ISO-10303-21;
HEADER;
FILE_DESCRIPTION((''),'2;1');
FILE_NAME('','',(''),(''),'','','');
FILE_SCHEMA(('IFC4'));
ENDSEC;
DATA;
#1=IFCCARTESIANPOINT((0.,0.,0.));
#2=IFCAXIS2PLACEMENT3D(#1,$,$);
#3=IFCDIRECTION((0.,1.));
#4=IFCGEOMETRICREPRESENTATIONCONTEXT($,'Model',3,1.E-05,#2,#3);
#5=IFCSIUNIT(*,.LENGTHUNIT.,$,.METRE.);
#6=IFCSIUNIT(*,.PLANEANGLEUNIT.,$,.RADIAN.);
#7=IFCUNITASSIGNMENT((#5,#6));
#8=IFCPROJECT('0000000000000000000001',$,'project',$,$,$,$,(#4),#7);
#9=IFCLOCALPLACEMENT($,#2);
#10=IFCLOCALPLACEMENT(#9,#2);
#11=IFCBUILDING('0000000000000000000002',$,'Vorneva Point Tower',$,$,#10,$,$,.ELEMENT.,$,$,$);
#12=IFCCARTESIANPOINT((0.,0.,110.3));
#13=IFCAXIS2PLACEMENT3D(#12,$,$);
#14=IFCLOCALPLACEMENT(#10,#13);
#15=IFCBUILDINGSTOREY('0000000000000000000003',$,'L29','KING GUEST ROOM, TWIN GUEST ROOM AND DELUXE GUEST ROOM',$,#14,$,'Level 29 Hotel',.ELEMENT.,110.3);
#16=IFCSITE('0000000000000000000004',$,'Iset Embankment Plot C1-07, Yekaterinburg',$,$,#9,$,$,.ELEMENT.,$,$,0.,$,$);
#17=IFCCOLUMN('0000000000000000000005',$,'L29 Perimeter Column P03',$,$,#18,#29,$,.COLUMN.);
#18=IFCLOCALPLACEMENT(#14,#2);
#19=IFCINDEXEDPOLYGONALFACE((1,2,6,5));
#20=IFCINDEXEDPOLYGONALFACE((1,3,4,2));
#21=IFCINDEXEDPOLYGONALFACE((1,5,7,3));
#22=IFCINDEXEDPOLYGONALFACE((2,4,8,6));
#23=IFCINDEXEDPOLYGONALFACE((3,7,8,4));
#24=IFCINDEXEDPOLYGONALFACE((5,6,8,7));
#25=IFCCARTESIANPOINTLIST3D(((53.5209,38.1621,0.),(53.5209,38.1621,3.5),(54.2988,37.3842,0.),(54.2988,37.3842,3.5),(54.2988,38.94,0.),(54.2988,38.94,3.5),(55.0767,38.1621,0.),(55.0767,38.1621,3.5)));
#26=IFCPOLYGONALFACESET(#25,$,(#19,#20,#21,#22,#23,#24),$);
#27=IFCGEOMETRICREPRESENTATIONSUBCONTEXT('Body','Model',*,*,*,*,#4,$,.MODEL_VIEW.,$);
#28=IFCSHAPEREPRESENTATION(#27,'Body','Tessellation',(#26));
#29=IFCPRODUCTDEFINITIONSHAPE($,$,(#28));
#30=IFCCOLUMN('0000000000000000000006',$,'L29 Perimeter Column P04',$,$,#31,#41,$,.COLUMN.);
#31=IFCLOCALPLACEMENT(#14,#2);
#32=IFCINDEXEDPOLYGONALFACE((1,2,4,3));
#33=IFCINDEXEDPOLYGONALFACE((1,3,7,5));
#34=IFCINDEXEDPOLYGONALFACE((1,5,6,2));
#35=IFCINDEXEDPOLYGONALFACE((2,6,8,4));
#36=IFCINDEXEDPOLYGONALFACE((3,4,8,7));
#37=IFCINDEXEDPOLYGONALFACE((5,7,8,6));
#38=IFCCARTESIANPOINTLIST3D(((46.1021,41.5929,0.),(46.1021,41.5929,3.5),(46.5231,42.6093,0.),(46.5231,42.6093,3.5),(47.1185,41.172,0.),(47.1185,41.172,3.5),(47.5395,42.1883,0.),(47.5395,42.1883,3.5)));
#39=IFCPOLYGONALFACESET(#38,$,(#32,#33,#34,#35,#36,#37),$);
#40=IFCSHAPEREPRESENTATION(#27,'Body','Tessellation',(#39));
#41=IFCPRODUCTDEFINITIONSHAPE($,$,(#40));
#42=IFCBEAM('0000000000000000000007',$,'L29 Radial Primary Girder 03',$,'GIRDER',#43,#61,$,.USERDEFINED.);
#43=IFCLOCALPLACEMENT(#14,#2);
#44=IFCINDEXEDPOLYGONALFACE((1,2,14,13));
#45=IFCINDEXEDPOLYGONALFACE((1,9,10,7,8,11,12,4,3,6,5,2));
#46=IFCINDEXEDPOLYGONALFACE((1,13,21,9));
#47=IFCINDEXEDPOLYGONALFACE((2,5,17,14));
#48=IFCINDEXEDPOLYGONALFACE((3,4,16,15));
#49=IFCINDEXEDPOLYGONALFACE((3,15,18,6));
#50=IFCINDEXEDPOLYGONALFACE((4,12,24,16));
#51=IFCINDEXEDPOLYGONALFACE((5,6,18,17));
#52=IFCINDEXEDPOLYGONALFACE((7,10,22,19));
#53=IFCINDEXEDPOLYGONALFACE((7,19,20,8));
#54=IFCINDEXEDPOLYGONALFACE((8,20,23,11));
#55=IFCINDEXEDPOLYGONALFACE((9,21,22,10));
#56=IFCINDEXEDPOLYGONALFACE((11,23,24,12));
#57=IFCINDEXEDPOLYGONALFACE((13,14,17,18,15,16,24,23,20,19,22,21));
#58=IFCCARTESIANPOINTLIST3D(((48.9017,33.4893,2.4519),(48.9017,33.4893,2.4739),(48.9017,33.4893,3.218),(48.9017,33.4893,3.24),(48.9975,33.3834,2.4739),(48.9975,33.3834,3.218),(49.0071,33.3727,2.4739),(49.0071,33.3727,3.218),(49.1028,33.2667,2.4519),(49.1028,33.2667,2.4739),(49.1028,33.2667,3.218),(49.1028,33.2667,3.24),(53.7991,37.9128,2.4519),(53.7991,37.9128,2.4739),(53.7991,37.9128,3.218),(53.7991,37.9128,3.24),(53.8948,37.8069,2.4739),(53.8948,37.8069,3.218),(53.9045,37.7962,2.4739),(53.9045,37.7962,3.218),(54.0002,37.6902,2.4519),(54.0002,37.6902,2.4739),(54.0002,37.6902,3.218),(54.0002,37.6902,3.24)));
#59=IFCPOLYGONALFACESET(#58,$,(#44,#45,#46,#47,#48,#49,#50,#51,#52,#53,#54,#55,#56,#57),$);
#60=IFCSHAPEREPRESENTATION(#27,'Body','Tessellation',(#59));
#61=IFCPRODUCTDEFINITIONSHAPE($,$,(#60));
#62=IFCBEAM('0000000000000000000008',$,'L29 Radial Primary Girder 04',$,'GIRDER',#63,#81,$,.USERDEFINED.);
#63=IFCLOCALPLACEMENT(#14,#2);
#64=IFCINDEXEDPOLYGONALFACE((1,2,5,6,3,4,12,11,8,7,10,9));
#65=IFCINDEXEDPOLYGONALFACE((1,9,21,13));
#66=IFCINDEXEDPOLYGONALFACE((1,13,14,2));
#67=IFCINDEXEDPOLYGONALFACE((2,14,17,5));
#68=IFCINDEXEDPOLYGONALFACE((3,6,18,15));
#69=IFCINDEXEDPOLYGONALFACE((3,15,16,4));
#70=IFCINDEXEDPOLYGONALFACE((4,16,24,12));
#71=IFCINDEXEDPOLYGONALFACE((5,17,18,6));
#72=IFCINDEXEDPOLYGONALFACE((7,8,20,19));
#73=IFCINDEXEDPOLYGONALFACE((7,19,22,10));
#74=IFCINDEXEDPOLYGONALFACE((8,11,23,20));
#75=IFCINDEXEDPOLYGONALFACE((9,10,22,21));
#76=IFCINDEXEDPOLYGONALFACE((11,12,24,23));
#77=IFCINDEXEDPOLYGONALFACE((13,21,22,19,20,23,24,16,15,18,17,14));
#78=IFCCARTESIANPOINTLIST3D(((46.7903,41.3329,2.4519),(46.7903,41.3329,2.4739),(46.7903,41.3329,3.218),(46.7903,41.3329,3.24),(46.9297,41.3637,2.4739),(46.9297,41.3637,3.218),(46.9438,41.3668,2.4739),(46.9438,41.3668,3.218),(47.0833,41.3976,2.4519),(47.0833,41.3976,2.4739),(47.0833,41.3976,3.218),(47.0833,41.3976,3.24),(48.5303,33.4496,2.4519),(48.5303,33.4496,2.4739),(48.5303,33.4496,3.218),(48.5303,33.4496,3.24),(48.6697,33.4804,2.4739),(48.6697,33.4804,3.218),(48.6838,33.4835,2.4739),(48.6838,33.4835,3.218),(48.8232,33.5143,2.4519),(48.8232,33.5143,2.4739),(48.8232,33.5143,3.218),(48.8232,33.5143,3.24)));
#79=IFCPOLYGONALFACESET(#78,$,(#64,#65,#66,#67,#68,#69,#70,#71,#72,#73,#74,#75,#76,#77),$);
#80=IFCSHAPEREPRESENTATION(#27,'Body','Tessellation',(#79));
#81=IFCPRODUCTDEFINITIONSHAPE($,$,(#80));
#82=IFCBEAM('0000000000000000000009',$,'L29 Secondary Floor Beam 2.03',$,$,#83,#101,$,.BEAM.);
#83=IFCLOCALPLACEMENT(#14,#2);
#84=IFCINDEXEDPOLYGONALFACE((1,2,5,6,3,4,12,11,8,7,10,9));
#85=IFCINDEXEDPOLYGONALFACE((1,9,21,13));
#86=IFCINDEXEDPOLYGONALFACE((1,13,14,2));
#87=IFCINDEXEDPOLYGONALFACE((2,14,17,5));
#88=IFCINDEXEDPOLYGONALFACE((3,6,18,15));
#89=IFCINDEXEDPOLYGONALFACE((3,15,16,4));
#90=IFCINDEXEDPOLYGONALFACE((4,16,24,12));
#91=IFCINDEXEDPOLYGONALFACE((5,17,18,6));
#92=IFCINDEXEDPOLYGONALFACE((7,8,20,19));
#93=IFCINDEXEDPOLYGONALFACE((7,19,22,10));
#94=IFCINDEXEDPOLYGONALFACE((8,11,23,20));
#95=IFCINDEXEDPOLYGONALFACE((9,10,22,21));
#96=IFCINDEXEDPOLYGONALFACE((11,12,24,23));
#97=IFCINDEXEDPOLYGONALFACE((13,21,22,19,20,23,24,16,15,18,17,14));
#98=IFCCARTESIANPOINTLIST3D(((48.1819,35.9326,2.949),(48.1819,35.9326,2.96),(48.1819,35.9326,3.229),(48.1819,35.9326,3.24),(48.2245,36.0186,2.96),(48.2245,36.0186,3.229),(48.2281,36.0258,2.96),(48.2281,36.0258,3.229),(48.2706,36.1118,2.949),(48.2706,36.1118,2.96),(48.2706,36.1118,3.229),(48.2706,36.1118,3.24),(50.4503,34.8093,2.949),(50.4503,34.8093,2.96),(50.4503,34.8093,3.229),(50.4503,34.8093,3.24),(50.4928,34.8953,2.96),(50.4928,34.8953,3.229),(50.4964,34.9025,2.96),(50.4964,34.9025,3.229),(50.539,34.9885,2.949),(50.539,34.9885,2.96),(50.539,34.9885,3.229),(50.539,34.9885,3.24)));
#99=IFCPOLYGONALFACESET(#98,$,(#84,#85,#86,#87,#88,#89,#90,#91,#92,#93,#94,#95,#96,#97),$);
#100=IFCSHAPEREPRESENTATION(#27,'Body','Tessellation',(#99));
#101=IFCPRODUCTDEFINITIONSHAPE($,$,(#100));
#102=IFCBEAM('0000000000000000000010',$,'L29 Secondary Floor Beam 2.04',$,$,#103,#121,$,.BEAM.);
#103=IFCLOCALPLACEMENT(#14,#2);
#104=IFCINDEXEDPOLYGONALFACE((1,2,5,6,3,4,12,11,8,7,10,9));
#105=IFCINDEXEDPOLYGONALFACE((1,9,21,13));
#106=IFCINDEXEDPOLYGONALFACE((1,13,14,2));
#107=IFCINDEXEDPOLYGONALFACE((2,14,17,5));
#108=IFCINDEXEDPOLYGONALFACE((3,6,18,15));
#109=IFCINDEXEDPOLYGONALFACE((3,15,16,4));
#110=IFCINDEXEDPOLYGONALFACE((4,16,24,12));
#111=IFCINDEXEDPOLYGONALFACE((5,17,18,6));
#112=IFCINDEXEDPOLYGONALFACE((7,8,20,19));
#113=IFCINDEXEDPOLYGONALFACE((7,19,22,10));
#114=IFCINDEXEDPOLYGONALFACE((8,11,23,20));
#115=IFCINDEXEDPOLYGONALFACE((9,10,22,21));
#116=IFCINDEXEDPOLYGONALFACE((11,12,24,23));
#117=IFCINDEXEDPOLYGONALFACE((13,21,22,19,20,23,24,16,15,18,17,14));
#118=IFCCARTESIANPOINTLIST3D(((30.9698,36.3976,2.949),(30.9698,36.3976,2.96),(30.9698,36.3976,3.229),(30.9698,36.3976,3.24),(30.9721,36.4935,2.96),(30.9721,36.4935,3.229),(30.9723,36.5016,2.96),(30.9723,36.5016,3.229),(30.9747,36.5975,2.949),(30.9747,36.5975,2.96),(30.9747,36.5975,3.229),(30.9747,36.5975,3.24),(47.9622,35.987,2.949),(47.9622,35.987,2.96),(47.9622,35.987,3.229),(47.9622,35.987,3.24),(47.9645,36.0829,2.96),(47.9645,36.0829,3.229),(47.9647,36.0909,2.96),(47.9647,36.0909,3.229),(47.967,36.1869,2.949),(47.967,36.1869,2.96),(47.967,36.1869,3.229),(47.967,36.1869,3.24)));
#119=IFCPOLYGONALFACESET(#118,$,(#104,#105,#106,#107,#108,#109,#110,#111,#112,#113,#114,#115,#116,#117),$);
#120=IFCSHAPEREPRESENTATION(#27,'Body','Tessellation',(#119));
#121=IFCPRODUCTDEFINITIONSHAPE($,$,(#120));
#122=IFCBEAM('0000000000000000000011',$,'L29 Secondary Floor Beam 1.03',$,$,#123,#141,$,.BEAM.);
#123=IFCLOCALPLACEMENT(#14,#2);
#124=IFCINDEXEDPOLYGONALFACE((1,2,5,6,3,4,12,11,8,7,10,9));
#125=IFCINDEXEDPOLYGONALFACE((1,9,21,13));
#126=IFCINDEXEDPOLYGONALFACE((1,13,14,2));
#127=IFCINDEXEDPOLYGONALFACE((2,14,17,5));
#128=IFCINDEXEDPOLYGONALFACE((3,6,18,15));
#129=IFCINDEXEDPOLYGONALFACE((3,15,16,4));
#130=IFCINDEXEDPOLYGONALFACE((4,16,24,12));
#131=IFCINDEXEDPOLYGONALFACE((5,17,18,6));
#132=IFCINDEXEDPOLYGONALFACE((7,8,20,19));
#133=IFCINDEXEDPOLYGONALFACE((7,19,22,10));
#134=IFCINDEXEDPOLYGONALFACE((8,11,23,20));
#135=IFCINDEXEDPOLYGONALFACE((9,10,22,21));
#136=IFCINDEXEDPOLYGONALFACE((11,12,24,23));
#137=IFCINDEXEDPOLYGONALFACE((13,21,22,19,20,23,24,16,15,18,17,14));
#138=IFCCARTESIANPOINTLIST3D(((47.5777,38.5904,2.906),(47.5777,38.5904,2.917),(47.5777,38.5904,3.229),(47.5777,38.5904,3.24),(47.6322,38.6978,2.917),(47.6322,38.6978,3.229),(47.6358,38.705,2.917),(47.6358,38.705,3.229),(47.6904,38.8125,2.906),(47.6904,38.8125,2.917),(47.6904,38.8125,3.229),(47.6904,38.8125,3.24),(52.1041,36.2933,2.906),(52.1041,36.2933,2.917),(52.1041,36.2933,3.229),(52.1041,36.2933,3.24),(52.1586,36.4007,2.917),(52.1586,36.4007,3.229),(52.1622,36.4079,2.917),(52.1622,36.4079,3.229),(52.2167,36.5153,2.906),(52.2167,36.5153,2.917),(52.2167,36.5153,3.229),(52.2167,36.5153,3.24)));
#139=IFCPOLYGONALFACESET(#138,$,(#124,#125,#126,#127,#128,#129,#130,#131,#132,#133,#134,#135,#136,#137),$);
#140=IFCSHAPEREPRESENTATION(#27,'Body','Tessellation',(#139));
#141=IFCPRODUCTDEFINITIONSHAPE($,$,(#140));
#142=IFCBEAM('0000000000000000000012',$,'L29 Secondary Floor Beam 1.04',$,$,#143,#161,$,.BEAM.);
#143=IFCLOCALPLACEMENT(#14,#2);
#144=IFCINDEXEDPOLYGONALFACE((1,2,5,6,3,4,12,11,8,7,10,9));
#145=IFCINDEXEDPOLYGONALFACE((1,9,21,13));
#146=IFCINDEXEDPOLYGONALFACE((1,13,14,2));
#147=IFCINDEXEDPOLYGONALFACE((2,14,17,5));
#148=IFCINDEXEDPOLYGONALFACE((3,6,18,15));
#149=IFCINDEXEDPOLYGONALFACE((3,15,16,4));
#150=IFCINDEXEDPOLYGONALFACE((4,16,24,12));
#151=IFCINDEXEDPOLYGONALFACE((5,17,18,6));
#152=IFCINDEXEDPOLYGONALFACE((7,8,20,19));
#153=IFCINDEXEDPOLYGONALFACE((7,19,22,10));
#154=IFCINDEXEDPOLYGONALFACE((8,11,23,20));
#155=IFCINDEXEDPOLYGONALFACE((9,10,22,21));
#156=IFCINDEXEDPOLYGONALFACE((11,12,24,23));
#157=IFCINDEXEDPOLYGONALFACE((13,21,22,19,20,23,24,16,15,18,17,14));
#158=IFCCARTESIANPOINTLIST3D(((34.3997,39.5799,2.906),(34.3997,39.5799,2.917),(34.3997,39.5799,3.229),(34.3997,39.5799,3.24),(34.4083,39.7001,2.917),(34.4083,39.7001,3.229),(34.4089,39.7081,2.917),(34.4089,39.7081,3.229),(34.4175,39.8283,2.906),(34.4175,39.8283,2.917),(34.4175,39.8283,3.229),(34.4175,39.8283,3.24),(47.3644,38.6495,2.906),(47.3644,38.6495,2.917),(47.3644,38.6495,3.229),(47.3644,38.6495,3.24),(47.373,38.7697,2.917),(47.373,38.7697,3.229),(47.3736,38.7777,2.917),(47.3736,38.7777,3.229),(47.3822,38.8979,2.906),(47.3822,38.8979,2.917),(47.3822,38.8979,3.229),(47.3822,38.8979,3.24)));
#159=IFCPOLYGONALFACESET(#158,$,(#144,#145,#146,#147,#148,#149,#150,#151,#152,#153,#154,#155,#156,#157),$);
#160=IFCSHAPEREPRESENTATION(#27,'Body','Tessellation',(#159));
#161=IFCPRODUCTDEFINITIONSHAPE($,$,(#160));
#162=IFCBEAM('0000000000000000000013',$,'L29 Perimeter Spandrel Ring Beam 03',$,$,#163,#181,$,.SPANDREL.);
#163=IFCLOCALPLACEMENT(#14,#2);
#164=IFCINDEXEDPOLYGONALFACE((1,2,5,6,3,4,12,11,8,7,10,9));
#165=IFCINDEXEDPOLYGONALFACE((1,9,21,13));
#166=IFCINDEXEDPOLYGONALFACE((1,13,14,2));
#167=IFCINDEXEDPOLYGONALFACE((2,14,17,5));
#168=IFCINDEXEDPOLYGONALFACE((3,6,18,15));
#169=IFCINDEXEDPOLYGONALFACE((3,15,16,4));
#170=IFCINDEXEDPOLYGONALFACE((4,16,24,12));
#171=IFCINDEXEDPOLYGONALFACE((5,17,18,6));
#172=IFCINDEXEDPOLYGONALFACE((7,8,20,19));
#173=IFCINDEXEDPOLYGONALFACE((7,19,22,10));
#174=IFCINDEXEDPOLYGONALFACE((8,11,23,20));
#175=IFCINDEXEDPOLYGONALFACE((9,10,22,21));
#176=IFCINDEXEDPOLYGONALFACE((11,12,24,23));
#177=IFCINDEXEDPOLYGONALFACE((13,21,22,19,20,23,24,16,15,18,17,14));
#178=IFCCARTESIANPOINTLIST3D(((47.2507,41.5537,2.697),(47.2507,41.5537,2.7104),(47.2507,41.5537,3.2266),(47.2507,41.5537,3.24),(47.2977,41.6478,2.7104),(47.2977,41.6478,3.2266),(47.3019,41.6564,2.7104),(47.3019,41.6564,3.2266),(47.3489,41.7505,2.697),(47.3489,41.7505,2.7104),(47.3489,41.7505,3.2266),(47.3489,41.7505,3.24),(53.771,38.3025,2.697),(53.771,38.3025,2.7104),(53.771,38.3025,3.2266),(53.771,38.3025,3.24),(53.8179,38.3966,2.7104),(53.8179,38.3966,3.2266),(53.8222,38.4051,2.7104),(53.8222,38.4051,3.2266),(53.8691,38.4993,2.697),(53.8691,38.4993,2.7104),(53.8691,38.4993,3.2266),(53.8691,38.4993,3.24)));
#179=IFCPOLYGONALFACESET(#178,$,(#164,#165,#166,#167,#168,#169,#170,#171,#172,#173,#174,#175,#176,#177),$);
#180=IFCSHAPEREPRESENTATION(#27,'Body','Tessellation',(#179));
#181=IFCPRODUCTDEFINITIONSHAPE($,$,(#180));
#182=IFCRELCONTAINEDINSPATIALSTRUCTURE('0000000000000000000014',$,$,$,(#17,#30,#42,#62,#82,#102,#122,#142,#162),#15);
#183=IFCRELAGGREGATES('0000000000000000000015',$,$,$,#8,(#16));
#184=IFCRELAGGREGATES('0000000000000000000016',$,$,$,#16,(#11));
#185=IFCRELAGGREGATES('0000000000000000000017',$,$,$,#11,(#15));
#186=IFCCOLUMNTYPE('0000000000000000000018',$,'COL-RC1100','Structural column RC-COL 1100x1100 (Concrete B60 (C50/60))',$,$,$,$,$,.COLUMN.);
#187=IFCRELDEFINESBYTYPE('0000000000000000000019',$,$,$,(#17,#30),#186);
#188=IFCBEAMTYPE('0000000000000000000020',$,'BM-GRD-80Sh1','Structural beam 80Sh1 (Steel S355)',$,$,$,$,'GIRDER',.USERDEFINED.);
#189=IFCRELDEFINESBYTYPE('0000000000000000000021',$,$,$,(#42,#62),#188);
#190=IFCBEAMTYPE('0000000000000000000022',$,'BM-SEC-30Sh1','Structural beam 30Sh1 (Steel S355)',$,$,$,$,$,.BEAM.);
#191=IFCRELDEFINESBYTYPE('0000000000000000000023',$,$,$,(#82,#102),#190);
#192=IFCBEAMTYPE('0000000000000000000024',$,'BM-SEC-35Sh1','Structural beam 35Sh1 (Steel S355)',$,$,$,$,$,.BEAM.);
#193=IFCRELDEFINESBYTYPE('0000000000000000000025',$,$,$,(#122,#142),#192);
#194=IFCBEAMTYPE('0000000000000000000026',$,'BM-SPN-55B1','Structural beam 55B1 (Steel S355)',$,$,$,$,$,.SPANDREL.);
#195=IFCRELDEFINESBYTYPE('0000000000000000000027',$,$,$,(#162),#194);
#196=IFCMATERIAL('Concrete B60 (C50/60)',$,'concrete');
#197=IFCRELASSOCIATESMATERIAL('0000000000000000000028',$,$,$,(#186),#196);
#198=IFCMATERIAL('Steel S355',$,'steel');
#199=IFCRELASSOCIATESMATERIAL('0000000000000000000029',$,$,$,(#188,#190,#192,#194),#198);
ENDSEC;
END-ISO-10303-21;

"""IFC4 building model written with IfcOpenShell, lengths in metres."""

from ifc_helpers import new_model, si_unit, direction, frame, origin, origin_2d, place, context, subcontext, project, spatial, rectangle, i_section, extrude, material, material_profile, profile_set, type_object, element, save


model = new_model("IFC4")

# Units and contexts
model_context = context("Model", 3, precision=1e-05, world=origin(), true_north=direction((0.0, 1.0)))
body_context = subcontext(model_context, "Body", "Model", "MODEL_VIEW")
ifc_project = project(units=[si_unit("LENGTHUNIT", "METRE"), si_unit("PLANEANGLEUNIT", "RADIAN")], contexts=[model_context])

# Site, building, storey
site_placement = place(None, origin())
site = spatial("IfcSite", under=ifc_project, at=site_placement, Name="Iset Embankment Plot C1-07, Yekaterinburg", CompositionType="ELEMENT", RefElevation=0.0)
building_placement = place(site_placement, origin())
building = spatial("IfcBuilding", under=site, at=building_placement, Name="Vorneva Point Tower", CompositionType="ELEMENT")
storey_placement = place(building_placement, frame((0.0, 0.0, 110.3)))
storey = spatial("IfcBuildingStorey", under=building, at=storey_placement, Name="L29", Description="KING GUEST ROOM, TWIN GUEST ROOM AND DELUXE GUEST ROOM", LongName="Level 29 Hotel", CompositionType="ELEMENT", Elevation=110.3)

# Columns
ifc_material_1 = material(Name="Concrete B60 (C50/60)", Category="concrete")
ifc_material_profile_1 = material_profile(ifc_material_1, rectangle(XDim=1.1001, YDim=1.1001, at=origin_2d()), Name="RC-COL 1100x1100")
ifc_profile_set_1 = profile_set([ifc_material_profile_1], Name="Concrete B60 (C50/60)")
column_type = type_object("IfcColumnType", Name="COL-RC1100", Description="Structural column RC-COL 1100x1100 (Concrete B60 (C50/60))", PredefinedType="COLUMN", material=ifc_profile_set_1)
for number, where, z_axis, x_axis, name in (
    (1, (54.2988, 38.1621, 0.0), (0.0, 0.0, 1.0), (0.707107, 0.707107, 0.0), "L29 Perimeter Column P03"),
    (2, (46.8208, 41.8906, 0.0), (0.0, 0.0, 1.0), (0.382683, 0.92388, 0.0), "L29 Perimeter Column P04"),
):
    element("IfcColumn", number, at=place(storey_placement, frame(where, z_axis=z_axis, x_axis=x_axis)), inside=storey, type_object=column_type, Name=name, PredefinedType="COLUMN", context=body_context, shape_type="SweptSolid", body=[
        extrude(rectangle(XDim=1.1001, YDim=1.1001, at=origin_2d()), origin(), (0.0, 0.0, 1.0), 3.5),
    ])

# Beams
ifc_material_2 = material(Name="Steel S355", Category="steel")
ifc_material_profile_2 = material_profile(ifc_material_2, i_section(OverallWidth=0.3, OverallDepth=0.7881, WebThickness=0.0144, FlangeThickness=0.022, at=origin_2d()), Name="80Sh1")
ifc_profile_set_2 = profile_set([ifc_material_profile_2], Name="Steel S355")
beam_type_1 = type_object("IfcBeamType", Name="BM-GRD-80Sh1", Description="Structural beam 80Sh1 (Steel S355)", ElementType="GIRDER", PredefinedType="USERDEFINED", material=ifc_profile_set_2)
beam_1_placement = place(storey_placement, frame((53.8997, 37.8015, 2.8459), z_axis=(-0.742097, -0.670292, 0.0), x_axis=(0.670292, -0.742097, 0.0)))
element("IfcBeam", 3, at=beam_1_placement, inside=storey, type_object=beam_type_1, Name="L29 Radial Primary Girder 03", ObjectType="GIRDER", PredefinedType="USERDEFINED", context=body_context, shape_type="SweptSolid", body=[
    extrude(i_section(OverallWidth=0.3, OverallDepth=0.7881, WebThickness=0.0144, FlangeThickness=0.022, at=origin_2d()), origin(), (0.0, 0.0, 1.0), 6.5994),
])
beam_2_placement = place(storey_placement, frame((46.9368, 41.3652, 2.8459), z_axis=(0.215531, -0.976497, 0.0), x_axis=(0.976497, 0.215531, 0.0)))
element("IfcBeam", 4, at=beam_2_placement, inside=storey, type_object=beam_type_1, Name="L29 Radial Primary Girder 04", ObjectType="GIRDER", PredefinedType="USERDEFINED", context=body_context, shape_type="SweptSolid", body=[
    extrude(i_section(OverallWidth=0.3, OverallDepth=0.7881, WebThickness=0.0144, FlangeThickness=0.022, at=origin_2d()), origin(), (0.0, 0.0, 1.0), 8.073),
])
ifc_material_profile_3 = material_profile(ifc_material_2, i_section(OverallWidth=0.2, OverallDepth=0.291, WebThickness=0.0081, FlangeThickness=0.011, at=origin_2d()), Name="30Sh1")
ifc_profile_set_3 = profile_set([ifc_material_profile_3], Name="Steel S355")
beam_type_2 = type_object("IfcBeamType", Name="BM-SEC-30Sh1", Description="Structural beam 30Sh1 (Steel S355)", PredefinedType="BEAM", material=ifc_profile_set_3)
beam_3_placement = place(storey_placement, frame((50.4946, 34.8989, 3.0945), z_axis=(-0.896137, 0.443777, 0.0), x_axis=(-0.443777, -0.896137, 0.0)))
element("IfcBeam", 5, at=beam_3_placement, inside=storey, type_object=beam_type_2, Name="L29 Secondary Floor Beam 2.03", PredefinedType="BEAM", context=body_context, shape_type="SweptSolid", body=[
    extrude(i_section(OverallWidth=0.2, OverallDepth=0.291, WebThickness=0.0081, FlangeThickness=0.011, at=origin_2d()), origin(), (0.0, 0.0, 1.0), 2.5312),
])
beam_4_placement = place(storey_placement, frame((47.9646, 36.0869, 3.0945), z_axis=(-0.999708, 0.024159, 0.0), x_axis=(-0.024159, -0.999708, 0.0)))
element("IfcBeam", 6, at=beam_4_placement, inside=storey, type_object=beam_type_2, Name="L29 Secondary Floor Beam 2.04", PredefinedType="BEAM", context=body_context, shape_type="SweptSolid", body=[
    extrude(i_section(OverallWidth=0.2, OverallDepth=0.291, WebThickness=0.0081, FlangeThickness=0.011, at=origin_2d()), origin(), (0.0, 0.0, 1.0), 16.9973),
])
ifc_material_profile_4 = material_profile(ifc_material_2, i_section(OverallWidth=0.249, OverallDepth=0.334, WebThickness=0.0081, FlangeThickness=0.011, at=origin_2d()), Name="35Sh1")
ifc_profile_set_4 = profile_set([ifc_material_profile_4], Name="Steel S355")
beam_type_3 = type_object("IfcBeamType", Name="BM-SEC-35Sh1", Description="Structural beam 35Sh1 (Steel S355)", PredefinedType="BEAM", material=ifc_profile_set_4)
beam_5_placement = place(storey_placement, frame((52.1604, 36.4043, 3.073), z_axis=(-0.891737, 0.452554, 0.0), x_axis=(-0.452554, -0.891737, 0.0)))
element("IfcBeam", 7, at=beam_5_placement, inside=storey, type_object=beam_type_3, Name="L29 Secondary Floor Beam 1.03", PredefinedType="BEAM", context=body_context, shape_type="SweptSolid", body=[
    extrude(i_section(OverallWidth=0.249, OverallDepth=0.334, WebThickness=0.0081, FlangeThickness=0.011, at=origin_2d()), origin(), (0.0, 0.0, 1.0), 5.0759),
])
beam_6_placement = place(storey_placement, frame((47.3733, 38.7737, 3.073), z_axis=(-0.997435, 0.071582, 0.0), x_axis=(-0.071582, -0.997435, 0.0)))
element("IfcBeam", 8, at=beam_6_placement, inside=storey, type_object=beam_type_3, Name="L29 Secondary Floor Beam 1.04", PredefinedType="BEAM", context=body_context, shape_type="SweptSolid", body=[
    extrude(i_section(OverallWidth=0.249, OverallDepth=0.334, WebThickness=0.0081, FlangeThickness=0.011, at=origin_2d()), origin(), (0.0, 0.0, 1.0), 12.998),
])
ifc_material_profile_5 = material_profile(ifc_material_2, i_section(OverallWidth=0.22, OverallDepth=0.543, WebThickness=0.0095, FlangeThickness=0.0134, at=origin_2d()), Name="55B1")
ifc_profile_set_5 = profile_set([ifc_material_profile_5], Name="Steel S355")
beam_type_4 = type_object("IfcBeamType", Name="BM-SPN-55B1", Description="Structural beam 55B1 (Steel S355)", PredefinedType="SPANDREL", material=ifc_profile_set_5)
beam_7_placement = place(storey_placement, frame((53.8201, 38.4009, 2.9685), z_axis=(-0.894916, 0.446235, 0.0), x_axis=(-0.446235, -0.894916, 0.0)))
element("IfcBeam", 9, at=beam_7_placement, inside=storey, type_object=beam_type_4, Name="L29 Perimeter Spandrel Ring Beam 03", PredefinedType="SPANDREL", context=body_context, shape_type="SweptSolid", body=[
    extrude(i_section(OverallWidth=0.22, OverallDepth=0.543, WebThickness=0.0095, FlangeThickness=0.0134, at=origin_2d()), origin(), (0.0, 0.0, 1.0), 7.2859),
])

save(model, "model.ifc")
